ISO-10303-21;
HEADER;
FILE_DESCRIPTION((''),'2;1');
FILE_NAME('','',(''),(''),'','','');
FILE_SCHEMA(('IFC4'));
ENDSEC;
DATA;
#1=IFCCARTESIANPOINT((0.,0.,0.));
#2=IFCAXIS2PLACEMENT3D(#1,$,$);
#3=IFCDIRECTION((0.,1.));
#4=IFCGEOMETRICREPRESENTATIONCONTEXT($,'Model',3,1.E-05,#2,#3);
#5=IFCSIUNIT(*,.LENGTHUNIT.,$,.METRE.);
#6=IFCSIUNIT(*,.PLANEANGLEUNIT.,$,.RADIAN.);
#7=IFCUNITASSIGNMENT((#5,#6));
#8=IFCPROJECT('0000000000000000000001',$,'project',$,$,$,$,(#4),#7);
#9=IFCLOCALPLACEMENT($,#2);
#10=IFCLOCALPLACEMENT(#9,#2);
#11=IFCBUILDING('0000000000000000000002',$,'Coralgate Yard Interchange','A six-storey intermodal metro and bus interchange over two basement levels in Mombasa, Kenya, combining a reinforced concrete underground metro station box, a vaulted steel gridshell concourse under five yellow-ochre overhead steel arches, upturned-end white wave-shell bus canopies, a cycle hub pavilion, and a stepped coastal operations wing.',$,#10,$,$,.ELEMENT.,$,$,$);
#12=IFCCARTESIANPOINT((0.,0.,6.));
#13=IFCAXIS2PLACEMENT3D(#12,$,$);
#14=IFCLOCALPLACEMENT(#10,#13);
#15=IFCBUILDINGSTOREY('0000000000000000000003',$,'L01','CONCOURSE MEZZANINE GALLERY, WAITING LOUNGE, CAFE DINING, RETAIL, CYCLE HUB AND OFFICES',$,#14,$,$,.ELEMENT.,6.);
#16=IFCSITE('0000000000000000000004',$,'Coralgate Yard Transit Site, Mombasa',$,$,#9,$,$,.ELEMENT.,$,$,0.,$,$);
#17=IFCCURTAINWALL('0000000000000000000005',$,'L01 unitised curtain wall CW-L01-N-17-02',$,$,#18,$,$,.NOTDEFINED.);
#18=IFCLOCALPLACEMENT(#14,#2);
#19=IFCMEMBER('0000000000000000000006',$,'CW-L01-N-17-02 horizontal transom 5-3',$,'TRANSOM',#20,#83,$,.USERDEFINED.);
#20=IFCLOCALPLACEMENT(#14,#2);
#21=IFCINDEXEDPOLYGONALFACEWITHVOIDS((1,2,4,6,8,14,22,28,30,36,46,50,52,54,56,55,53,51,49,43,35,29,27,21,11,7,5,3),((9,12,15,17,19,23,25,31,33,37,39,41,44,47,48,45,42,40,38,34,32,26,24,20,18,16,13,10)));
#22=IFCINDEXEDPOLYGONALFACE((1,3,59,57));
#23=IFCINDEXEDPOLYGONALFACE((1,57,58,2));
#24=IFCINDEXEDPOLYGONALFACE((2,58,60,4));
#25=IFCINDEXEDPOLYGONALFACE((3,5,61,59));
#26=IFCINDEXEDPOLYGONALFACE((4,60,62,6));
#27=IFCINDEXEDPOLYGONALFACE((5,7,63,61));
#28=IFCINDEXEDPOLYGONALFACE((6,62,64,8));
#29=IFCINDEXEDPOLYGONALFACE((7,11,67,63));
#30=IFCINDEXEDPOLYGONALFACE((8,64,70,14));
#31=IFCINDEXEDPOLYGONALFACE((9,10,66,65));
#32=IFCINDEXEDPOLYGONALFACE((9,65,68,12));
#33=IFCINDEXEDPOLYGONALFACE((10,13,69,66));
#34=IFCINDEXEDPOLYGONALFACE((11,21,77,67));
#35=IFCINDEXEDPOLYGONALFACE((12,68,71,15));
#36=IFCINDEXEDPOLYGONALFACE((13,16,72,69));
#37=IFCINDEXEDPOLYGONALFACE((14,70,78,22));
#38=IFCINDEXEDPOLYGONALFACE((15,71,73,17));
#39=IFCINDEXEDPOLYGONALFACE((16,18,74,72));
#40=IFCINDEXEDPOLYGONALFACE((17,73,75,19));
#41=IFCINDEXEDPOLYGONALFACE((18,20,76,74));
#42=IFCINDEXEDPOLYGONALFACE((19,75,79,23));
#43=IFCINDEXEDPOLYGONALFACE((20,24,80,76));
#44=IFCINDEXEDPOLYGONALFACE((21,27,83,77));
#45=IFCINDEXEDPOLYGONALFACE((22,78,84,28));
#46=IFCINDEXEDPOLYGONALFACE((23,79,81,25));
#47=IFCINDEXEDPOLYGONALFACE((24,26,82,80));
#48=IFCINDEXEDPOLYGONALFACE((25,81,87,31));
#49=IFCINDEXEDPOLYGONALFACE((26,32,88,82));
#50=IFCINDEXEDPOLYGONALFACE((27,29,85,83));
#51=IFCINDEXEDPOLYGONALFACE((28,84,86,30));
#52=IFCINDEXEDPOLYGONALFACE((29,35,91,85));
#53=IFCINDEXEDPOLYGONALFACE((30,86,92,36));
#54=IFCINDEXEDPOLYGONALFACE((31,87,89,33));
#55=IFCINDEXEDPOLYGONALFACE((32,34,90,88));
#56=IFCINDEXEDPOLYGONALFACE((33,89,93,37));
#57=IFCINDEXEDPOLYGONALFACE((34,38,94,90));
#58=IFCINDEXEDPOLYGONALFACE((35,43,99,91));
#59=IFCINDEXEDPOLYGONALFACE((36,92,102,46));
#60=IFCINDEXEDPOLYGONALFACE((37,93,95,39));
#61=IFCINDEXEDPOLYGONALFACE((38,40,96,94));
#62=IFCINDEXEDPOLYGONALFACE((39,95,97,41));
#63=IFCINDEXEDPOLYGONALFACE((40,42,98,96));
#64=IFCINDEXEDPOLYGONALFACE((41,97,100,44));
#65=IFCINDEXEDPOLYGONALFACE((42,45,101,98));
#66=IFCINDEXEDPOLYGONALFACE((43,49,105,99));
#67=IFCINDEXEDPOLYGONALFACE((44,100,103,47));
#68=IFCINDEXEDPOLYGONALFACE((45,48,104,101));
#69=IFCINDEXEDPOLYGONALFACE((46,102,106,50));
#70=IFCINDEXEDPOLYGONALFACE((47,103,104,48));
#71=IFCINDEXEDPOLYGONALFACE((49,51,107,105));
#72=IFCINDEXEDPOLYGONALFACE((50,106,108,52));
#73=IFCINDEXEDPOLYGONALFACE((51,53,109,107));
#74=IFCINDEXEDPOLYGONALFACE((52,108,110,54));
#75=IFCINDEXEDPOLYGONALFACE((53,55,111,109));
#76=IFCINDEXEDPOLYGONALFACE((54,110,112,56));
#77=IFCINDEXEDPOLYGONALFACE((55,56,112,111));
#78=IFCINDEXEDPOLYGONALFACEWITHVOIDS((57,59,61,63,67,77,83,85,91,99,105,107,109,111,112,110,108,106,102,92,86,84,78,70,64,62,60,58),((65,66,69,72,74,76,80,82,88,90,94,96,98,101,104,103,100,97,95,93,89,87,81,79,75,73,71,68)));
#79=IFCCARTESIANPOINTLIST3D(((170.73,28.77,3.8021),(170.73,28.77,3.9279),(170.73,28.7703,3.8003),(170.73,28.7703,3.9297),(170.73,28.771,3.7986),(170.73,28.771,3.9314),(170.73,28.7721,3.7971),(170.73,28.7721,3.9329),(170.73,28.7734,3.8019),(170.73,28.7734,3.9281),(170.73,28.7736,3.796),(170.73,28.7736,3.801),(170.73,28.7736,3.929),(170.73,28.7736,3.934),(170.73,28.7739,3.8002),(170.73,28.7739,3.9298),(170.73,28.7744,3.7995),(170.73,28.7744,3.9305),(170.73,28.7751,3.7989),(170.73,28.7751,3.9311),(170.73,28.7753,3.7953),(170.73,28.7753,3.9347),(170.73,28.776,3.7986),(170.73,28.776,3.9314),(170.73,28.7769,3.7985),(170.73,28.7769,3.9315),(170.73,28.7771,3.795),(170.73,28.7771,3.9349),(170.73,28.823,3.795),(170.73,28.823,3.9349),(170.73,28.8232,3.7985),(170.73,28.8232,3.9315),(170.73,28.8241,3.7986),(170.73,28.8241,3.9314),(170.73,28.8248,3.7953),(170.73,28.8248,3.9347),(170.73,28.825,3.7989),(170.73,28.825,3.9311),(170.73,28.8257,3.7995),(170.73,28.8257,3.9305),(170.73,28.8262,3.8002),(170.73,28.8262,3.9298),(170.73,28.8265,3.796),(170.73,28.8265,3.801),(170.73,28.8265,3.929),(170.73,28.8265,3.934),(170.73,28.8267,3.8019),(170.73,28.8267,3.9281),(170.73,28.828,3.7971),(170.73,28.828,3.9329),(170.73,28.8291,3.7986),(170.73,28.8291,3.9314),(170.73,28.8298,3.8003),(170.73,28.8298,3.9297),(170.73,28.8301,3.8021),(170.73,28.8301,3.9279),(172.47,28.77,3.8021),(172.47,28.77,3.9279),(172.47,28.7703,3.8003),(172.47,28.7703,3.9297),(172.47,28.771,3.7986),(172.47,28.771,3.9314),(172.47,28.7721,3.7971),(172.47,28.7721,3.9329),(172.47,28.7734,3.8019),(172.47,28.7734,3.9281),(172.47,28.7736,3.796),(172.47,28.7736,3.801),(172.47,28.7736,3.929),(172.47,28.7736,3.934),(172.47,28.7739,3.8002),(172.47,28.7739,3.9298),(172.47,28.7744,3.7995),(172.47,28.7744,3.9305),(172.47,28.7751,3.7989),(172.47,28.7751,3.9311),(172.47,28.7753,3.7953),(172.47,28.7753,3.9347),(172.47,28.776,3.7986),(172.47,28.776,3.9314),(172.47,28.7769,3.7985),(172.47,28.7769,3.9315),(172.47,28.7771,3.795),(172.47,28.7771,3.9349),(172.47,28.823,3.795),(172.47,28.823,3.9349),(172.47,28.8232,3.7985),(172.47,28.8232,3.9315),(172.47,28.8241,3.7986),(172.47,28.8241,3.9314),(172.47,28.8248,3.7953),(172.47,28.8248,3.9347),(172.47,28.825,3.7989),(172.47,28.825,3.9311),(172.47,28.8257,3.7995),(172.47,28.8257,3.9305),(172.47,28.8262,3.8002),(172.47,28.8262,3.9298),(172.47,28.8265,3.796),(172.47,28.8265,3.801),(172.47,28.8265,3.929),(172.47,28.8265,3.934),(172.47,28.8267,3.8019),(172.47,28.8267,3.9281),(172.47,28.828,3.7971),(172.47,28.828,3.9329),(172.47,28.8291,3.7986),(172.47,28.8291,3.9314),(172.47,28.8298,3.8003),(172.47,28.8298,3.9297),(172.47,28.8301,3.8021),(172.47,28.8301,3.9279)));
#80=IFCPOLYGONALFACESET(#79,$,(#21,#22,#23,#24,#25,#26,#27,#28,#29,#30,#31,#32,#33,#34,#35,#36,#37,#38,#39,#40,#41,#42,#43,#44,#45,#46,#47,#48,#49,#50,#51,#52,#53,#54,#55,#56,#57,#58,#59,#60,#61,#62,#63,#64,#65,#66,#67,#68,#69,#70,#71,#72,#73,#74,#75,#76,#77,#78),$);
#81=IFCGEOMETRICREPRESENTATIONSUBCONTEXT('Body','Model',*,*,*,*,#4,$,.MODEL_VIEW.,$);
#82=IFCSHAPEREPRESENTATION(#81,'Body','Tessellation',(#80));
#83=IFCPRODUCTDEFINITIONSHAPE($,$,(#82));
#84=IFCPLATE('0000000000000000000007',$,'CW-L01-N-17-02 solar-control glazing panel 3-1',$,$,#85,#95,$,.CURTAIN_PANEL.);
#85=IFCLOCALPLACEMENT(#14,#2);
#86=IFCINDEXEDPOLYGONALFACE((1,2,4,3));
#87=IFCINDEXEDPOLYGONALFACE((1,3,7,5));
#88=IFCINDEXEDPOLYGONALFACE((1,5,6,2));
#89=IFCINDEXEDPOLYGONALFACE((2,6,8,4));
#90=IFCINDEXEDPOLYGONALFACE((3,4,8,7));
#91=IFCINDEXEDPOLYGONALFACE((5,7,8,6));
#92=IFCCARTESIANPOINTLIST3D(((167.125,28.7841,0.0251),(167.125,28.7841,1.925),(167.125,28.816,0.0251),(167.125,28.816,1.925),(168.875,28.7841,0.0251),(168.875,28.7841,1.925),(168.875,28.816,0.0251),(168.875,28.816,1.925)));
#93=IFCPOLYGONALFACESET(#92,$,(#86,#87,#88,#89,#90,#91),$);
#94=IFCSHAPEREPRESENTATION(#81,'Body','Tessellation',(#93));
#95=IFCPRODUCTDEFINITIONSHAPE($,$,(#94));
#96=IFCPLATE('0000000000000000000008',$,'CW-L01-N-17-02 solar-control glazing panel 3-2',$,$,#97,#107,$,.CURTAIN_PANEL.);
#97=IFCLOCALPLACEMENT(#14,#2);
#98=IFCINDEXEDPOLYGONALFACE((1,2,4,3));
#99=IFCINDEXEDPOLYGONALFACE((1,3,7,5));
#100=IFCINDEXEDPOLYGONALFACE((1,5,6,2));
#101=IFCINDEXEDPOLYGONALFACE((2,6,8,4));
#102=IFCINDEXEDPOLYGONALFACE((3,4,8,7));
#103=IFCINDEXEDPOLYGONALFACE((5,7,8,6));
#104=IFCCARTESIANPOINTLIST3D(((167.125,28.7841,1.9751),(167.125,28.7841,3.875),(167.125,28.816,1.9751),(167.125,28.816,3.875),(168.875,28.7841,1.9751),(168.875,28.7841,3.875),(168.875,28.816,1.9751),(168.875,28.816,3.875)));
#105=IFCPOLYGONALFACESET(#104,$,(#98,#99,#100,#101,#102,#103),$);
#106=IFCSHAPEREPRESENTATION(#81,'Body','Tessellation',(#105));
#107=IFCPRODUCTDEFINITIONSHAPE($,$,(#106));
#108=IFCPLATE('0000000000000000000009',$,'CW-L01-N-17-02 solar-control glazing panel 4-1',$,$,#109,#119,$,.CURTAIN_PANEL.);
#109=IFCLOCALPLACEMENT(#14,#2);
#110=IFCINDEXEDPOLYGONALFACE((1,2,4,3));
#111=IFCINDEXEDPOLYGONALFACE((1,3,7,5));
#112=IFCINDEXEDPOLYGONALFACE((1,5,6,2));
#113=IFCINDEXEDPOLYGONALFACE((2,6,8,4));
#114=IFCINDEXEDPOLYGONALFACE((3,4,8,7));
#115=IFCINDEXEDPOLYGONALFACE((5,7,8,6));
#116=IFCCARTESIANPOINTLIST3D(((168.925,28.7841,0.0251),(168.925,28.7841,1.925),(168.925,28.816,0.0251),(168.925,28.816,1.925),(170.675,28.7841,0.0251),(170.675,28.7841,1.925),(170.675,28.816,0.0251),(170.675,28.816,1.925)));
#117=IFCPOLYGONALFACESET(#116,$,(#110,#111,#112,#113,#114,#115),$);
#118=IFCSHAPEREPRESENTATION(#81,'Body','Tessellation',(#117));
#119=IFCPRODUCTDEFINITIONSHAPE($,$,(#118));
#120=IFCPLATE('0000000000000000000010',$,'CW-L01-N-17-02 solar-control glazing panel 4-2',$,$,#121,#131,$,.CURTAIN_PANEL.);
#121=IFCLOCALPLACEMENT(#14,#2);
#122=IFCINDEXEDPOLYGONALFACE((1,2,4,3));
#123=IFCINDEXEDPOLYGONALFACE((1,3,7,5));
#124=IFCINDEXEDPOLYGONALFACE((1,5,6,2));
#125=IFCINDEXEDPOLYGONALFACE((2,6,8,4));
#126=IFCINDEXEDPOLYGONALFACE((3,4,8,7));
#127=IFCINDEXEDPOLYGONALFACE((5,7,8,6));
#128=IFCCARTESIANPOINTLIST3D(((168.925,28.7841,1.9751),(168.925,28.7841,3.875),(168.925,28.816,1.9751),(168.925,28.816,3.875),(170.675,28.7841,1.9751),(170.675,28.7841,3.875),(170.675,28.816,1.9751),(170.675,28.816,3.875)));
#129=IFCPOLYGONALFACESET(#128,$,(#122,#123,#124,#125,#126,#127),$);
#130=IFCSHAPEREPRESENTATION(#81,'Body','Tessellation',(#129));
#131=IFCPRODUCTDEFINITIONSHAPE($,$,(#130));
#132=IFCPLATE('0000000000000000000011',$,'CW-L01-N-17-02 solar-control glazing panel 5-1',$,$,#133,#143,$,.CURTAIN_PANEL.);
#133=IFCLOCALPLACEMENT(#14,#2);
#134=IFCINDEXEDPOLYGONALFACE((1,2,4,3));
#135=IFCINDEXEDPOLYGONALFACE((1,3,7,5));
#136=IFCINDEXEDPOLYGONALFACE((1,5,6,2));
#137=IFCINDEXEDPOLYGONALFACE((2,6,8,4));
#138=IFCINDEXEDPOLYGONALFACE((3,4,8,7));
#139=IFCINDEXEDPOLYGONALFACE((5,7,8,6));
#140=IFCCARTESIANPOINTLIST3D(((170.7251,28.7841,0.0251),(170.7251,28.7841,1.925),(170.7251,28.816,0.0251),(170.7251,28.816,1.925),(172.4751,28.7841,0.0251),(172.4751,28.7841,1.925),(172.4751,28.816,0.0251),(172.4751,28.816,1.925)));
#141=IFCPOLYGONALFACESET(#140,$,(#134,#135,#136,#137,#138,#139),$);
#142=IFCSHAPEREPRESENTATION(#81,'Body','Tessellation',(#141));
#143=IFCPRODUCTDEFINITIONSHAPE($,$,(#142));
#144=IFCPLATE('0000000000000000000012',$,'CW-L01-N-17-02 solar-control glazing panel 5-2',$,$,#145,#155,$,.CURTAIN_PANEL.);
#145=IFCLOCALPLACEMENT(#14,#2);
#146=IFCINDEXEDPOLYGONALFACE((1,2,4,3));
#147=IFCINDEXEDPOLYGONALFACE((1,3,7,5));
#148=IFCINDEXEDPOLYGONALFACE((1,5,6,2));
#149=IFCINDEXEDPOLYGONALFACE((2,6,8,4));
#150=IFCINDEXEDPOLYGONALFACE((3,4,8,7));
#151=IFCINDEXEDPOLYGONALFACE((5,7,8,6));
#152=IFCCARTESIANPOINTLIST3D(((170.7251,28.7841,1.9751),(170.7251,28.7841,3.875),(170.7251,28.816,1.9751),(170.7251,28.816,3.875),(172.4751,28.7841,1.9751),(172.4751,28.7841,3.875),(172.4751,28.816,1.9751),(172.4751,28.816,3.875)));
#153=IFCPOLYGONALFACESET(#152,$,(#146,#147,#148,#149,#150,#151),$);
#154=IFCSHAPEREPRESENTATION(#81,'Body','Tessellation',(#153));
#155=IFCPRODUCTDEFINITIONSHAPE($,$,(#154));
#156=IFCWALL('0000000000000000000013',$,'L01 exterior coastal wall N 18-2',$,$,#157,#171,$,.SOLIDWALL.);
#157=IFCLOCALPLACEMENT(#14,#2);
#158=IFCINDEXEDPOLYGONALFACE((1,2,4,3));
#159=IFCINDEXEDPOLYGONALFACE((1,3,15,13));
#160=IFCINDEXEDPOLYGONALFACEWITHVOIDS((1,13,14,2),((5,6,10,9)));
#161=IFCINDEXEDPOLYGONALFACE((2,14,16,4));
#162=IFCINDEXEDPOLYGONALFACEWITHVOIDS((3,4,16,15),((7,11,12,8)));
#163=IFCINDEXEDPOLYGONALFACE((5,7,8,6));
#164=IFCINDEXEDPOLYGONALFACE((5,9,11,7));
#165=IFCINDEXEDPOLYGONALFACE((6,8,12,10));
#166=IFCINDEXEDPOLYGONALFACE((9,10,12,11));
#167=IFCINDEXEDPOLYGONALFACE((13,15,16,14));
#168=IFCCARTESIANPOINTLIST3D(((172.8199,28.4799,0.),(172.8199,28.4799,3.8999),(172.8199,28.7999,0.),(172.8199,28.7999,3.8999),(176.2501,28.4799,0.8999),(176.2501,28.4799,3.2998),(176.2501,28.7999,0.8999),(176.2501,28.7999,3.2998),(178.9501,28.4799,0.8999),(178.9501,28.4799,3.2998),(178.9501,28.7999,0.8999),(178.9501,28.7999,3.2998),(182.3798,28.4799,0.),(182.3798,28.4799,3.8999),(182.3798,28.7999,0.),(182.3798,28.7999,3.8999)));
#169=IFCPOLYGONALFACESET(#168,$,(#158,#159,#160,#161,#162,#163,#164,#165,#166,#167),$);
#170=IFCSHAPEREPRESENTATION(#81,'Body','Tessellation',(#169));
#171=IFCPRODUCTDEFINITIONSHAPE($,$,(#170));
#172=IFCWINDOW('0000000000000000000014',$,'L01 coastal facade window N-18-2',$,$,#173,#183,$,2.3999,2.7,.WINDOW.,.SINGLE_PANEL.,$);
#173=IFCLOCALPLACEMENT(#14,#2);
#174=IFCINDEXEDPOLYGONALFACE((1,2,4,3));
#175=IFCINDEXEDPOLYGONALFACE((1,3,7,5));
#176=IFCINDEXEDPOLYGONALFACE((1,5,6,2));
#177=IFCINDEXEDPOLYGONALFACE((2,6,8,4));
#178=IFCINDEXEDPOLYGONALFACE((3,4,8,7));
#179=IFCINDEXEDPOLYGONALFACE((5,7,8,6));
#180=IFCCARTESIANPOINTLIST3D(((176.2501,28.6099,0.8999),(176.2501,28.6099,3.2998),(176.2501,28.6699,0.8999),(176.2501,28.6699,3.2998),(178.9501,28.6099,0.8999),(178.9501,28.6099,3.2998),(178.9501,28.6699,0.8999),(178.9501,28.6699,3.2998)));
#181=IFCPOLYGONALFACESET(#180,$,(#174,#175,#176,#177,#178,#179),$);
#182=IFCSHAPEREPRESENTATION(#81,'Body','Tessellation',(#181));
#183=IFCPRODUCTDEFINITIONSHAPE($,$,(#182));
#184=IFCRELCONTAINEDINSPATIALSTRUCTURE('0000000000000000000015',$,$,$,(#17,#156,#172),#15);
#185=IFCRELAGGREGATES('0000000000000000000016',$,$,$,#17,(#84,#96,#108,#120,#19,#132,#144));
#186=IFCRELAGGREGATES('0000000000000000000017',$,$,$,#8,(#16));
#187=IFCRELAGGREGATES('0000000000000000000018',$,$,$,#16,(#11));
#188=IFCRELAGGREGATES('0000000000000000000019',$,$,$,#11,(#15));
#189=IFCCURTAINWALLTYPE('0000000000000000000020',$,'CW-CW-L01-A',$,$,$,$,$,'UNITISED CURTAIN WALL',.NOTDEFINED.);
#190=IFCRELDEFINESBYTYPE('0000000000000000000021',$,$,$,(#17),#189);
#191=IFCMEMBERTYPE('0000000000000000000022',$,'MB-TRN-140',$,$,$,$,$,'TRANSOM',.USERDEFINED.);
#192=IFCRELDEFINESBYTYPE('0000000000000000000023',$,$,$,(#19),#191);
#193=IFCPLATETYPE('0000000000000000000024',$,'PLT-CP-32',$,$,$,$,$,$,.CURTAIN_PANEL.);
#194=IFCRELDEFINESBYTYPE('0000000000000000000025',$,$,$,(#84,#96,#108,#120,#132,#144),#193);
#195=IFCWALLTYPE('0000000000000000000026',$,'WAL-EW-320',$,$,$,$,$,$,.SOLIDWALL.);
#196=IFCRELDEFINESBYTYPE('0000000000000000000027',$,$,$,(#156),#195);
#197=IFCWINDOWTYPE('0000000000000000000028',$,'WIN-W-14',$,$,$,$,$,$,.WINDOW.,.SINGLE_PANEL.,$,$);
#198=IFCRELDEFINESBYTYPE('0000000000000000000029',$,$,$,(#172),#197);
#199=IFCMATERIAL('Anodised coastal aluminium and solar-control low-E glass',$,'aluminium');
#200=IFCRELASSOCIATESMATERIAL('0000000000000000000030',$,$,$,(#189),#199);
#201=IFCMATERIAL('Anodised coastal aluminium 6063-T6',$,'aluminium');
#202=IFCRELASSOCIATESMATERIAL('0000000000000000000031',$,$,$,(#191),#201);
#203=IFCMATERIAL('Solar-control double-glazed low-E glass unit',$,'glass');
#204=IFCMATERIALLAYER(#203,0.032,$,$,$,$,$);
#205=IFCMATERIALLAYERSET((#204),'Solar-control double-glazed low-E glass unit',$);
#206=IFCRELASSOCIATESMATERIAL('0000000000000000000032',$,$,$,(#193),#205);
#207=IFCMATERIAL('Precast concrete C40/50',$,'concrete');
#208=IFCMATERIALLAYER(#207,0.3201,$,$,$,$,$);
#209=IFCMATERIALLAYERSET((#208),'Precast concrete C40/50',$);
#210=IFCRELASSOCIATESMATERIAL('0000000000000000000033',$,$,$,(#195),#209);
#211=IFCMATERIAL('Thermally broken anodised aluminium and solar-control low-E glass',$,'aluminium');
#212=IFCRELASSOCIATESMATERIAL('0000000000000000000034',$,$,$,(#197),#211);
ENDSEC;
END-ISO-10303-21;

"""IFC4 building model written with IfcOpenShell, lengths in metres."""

from ifc_helpers import new_model, si_unit, direction, frame, frame_2d, origin, origin_2d, place, context, subcontext, project, spatial, rectangle, hollow_rectangle, extrude, material, layer, layer_set, material_profile, profile_set, type_object, element, fill, aggregate, save


model = new_model("IFC4")

# Units and contexts
model_context = context("Model", 3, precision=1e-05, world=origin(), true_north=direction((0.0, 1.0)))
body_context = subcontext(model_context, "Body", "Model", "MODEL_VIEW")
ifc_project = project(units=[si_unit("LENGTHUNIT", "METRE"), si_unit("PLANEANGLEUNIT", "RADIAN")], contexts=[model_context])

# Site, building, storey
site_placement = place(None, origin())
site = spatial("IfcSite", under=ifc_project, at=site_placement, Name="Coralgate Yard Transit Site, Mombasa", CompositionType="ELEMENT", RefElevation=0.0)
building_placement = place(site_placement, origin())
building = spatial("IfcBuilding", under=site, at=building_placement, Name="Coralgate Yard Interchange", Description="A six-storey intermodal metro and bus interchange over two basement levels in Mombasa, Kenya, combining a reinforced concrete underground metro station box, a vaulted steel gridshell concourse under five yellow-ochre overhead steel arches, upturned-end white wave-shell bus canopies, a cycle hub pavilion, and a stepped coastal operations wing.", CompositionType="ELEMENT")
storey_placement = place(building_placement, frame((0.0, 0.0, 6.0)))
storey = spatial("IfcBuildingStorey", under=building, at=storey_placement, Name="L01", Description="CONCOURSE MEZZANINE GALLERY, WAITING LOUNGE, CAFE DINING, RETAIL, CYCLE HUB AND OFFICES", CompositionType="ELEMENT", Elevation=6.0)

# Curtain wall, member, plates
ifc_material_1 = material(Name="Anodised coastal aluminium and solar-control low-E glass", Category="aluminium")
curtain_wall_type = type_object("IfcCurtainWallType", Name="CW-CW-L01-A", ElementType="UNITISED CURTAIN WALL", PredefinedType="NOTDEFINED", material=ifc_material_1)
curtain_wall_placement = place(storey_placement, origin())
curtain_wall = element("IfcCurtainWall", 1, at=curtain_wall_placement, inside=storey, type_object=curtain_wall_type, Name="L01 unitised curtain wall CW-L01-N-17-02", PredefinedType="NOTDEFINED")
ifc_material_2 = material(Name="Anodised coastal aluminium 6063-T6", Category="aluminium")
ifc_material_profile_1 = material_profile(ifc_material_2, hollow_rectangle(XDim=0.0601, YDim=0.1399, WallThickness=0.0034, InnerFilletRadius=0.0034, OuterFilletRadius=0.0071, at=origin_2d()), Name="ALU 60x140x3.5")
ifc_profile_set_1 = profile_set([ifc_material_profile_1], Name="Anodised coastal aluminium 6063-T6")
member_type_1 = type_object("IfcMemberType", Name="MB-TRN-140", ElementType="TRANSOM", PredefinedType="USERDEFINED", material=ifc_profile_set_1)
member_1_placement = place(storey_placement, frame((170.73, 28.8, 3.865), z_axis=(1.0, 0.0, 0.0), x_axis=(0.0, 1.0, 0.0)))
member_1 = element("IfcMember", 2, at=member_1_placement, type_object=member_type_1, Name="CW-L01-N-17-02 horizontal transom 5-3", ObjectType="TRANSOM", PredefinedType="USERDEFINED", context=body_context, shape_type="SweptSolid", body=[
    extrude(hollow_rectangle(XDim=0.0601, YDim=0.1399, WallThickness=0.0034, InnerFilletRadius=0.0034, OuterFilletRadius=0.0071, at=origin_2d()), origin(), (0.0, 0.0, 1.0), 1.74),
])
ifc_material_3 = material(Name="Solar-control double-glazed low-E glass unit", Category="glass")
ifc_layer_1 = layer(ifc_material_3, 0.032)
ifc_layer_set_1 = layer_set([ifc_layer_1], Name="Solar-control double-glazed low-E glass unit")
plate_type = type_object("IfcPlateType", Name="PLT-CP-32", PredefinedType="CURTAIN_PANEL", material=ifc_layer_set_1)
plate_1_placement = place(storey_placement, frame((168.0, 28.8, 0.0251), z_axis=(0.0, 0.0, 1.0), x_axis=(1.0, 0.0, 0.0)))
plate_1 = element("IfcPlate", 3, at=plate_1_placement, type_object=plate_type, Name="CW-L01-N-17-02 solar-control glazing panel 3-1", PredefinedType="CURTAIN_PANEL", context=body_context, shape_type="SweptSolid", body=[
    extrude(rectangle(XDim=1.75, YDim=0.032, at=origin_2d()), origin(), (0.0, 0.0, 1.0), 1.8999),
])
plate_2_placement = place(storey_placement, frame((168.0, 28.8, 1.9751), z_axis=(0.0, 0.0, 1.0), x_axis=(1.0, 0.0, 0.0)))
plate_2 = element("IfcPlate", 4, at=plate_2_placement, type_object=plate_type, Name="CW-L01-N-17-02 solar-control glazing panel 3-2", PredefinedType="CURTAIN_PANEL", context=body_context, shape_type="SweptSolid", body=[
    extrude(rectangle(XDim=1.75, YDim=0.032, at=origin_2d()), origin(), (0.0, 0.0, 1.0), 1.8999),
])
plate_3_placement = place(storey_placement, frame((169.8, 28.8, 0.0251), z_axis=(0.0, 0.0, 1.0), x_axis=(1.0, 0.0, 0.0)))
plate_3 = element("IfcPlate", 5, at=plate_3_placement, type_object=plate_type, Name="CW-L01-N-17-02 solar-control glazing panel 4-1", PredefinedType="CURTAIN_PANEL", context=body_context, shape_type="SweptSolid", body=[
    extrude(rectangle(XDim=1.75, YDim=0.032, at=origin_2d()), origin(), (0.0, 0.0, 1.0), 1.8999),
])
plate_4_placement = place(storey_placement, frame((169.8, 28.8, 1.9751), z_axis=(0.0, 0.0, 1.0), x_axis=(1.0, 0.0, 0.0)))
plate_4 = element("IfcPlate", 6, at=plate_4_placement, type_object=plate_type, Name="CW-L01-N-17-02 solar-control glazing panel 4-2", PredefinedType="CURTAIN_PANEL", context=body_context, shape_type="SweptSolid", body=[
    extrude(rectangle(XDim=1.75, YDim=0.032, at=origin_2d()), origin(), (0.0, 0.0, 1.0), 1.8999),
])
plate_5_placement = place(storey_placement, frame((171.6001, 28.8, 0.0251), z_axis=(0.0, 0.0, 1.0), x_axis=(1.0, 0.0, 0.0)))
plate_5 = element("IfcPlate", 7, at=plate_5_placement, type_object=plate_type, Name="CW-L01-N-17-02 solar-control glazing panel 5-1", PredefinedType="CURTAIN_PANEL", context=body_context, shape_type="SweptSolid", body=[
    extrude(rectangle(XDim=1.75, YDim=0.032, at=origin_2d()), origin(), (0.0, 0.0, 1.0), 1.8999),
])
plate_6_placement = place(storey_placement, frame((171.6001, 28.8, 1.9751), z_axis=(0.0, 0.0, 1.0), x_axis=(1.0, 0.0, 0.0)))
plate_6 = element("IfcPlate", 8, at=plate_6_placement, type_object=plate_type, Name="CW-L01-N-17-02 solar-control glazing panel 5-2", PredefinedType="CURTAIN_PANEL", context=body_context, shape_type="SweptSolid", body=[
    extrude(rectangle(XDim=1.75, YDim=0.032, at=origin_2d()), origin(), (0.0, 0.0, 1.0), 1.8999),
])
aggregate(curtain_wall, [plate_1, plate_2, plate_3, plate_4, member_1, plate_5, plate_6])

# Wall, opening, window
ifc_material_4 = material(Name="Precast concrete C40/50", Category="concrete")
ifc_layer_2 = layer(ifc_material_4, 0.3201)
ifc_layer_set_2 = layer_set([ifc_layer_2], Name="Precast concrete C40/50")
wall_type = type_object("IfcWallType", Name="WAL-EW-320", PredefinedType="SOLIDWALL", material=ifc_layer_set_2)
wall_placement = place(storey_placement, frame((172.8201, 28.6399, 0.0), z_axis=(0.0, 0.0, 1.0), x_axis=(1.0, 0.0, 0.0)))
wall = element("IfcWall", 9, at=wall_placement, inside=storey, type_object=wall_type, Name="L01 exterior coastal wall N 18-2", PredefinedType="SOLIDWALL", context=body_context, shape_type="SweptSolid", body=[
    extrude(rectangle(XDim=9.5598, YDim=0.3201, at=frame_2d((4.7798, 0.0))), origin(), (0.0, 0.0, 1.0), 3.8999),
])
opening_placement = place(wall_placement, frame((3.4299, 0.0, 0.8999)))
opening = element("IfcOpeningElement", 10, at=opening_placement, cuts=wall, PredefinedType="OPENING", context=body_context, shape_type="SweptSolid", body=[
    extrude(rectangle(XDim=2.7, YDim=2.3999, at=frame_2d((1.3501, 1.2))), frame((0.0, 0.1699, 0.0), z_axis=(0.0, -1.0, 0.0), x_axis=(1.0, 0.0, 0.0)), (0.0, 0.0, 1.0), 0.3401),
])
ifc_material_5 = material(Name="Thermally broken anodised aluminium and solar-control low-E glass", Category="aluminium")
window_type = type_object("IfcWindowType", Name="WIN-W-14", PartitioningType="SINGLE_PANEL", PredefinedType="WINDOW", material=ifc_material_5)
window_placement = place(opening_placement, origin())
window = element("IfcWindow", 11, at=window_placement, inside=storey, type_object=window_type, Name="L01 coastal facade window N-18-2", OverallHeight=2.3999, OverallWidth=2.7, PartitioningType="SINGLE_PANEL", PredefinedType="WINDOW", context=body_context, shape_type="SweptSolid", body=[
    extrude(rectangle(XDim=2.7, YDim=2.3999, at=frame_2d((1.3501, 1.2))), frame((0.0, 0.03, 0.0), z_axis=(0.0, -1.0, 0.0), x_axis=(1.0, 0.0, 0.0)), (0.0, 0.0, 1.0), 0.0601),
])
fill(opening, window)

save(model, "model.ifc")
